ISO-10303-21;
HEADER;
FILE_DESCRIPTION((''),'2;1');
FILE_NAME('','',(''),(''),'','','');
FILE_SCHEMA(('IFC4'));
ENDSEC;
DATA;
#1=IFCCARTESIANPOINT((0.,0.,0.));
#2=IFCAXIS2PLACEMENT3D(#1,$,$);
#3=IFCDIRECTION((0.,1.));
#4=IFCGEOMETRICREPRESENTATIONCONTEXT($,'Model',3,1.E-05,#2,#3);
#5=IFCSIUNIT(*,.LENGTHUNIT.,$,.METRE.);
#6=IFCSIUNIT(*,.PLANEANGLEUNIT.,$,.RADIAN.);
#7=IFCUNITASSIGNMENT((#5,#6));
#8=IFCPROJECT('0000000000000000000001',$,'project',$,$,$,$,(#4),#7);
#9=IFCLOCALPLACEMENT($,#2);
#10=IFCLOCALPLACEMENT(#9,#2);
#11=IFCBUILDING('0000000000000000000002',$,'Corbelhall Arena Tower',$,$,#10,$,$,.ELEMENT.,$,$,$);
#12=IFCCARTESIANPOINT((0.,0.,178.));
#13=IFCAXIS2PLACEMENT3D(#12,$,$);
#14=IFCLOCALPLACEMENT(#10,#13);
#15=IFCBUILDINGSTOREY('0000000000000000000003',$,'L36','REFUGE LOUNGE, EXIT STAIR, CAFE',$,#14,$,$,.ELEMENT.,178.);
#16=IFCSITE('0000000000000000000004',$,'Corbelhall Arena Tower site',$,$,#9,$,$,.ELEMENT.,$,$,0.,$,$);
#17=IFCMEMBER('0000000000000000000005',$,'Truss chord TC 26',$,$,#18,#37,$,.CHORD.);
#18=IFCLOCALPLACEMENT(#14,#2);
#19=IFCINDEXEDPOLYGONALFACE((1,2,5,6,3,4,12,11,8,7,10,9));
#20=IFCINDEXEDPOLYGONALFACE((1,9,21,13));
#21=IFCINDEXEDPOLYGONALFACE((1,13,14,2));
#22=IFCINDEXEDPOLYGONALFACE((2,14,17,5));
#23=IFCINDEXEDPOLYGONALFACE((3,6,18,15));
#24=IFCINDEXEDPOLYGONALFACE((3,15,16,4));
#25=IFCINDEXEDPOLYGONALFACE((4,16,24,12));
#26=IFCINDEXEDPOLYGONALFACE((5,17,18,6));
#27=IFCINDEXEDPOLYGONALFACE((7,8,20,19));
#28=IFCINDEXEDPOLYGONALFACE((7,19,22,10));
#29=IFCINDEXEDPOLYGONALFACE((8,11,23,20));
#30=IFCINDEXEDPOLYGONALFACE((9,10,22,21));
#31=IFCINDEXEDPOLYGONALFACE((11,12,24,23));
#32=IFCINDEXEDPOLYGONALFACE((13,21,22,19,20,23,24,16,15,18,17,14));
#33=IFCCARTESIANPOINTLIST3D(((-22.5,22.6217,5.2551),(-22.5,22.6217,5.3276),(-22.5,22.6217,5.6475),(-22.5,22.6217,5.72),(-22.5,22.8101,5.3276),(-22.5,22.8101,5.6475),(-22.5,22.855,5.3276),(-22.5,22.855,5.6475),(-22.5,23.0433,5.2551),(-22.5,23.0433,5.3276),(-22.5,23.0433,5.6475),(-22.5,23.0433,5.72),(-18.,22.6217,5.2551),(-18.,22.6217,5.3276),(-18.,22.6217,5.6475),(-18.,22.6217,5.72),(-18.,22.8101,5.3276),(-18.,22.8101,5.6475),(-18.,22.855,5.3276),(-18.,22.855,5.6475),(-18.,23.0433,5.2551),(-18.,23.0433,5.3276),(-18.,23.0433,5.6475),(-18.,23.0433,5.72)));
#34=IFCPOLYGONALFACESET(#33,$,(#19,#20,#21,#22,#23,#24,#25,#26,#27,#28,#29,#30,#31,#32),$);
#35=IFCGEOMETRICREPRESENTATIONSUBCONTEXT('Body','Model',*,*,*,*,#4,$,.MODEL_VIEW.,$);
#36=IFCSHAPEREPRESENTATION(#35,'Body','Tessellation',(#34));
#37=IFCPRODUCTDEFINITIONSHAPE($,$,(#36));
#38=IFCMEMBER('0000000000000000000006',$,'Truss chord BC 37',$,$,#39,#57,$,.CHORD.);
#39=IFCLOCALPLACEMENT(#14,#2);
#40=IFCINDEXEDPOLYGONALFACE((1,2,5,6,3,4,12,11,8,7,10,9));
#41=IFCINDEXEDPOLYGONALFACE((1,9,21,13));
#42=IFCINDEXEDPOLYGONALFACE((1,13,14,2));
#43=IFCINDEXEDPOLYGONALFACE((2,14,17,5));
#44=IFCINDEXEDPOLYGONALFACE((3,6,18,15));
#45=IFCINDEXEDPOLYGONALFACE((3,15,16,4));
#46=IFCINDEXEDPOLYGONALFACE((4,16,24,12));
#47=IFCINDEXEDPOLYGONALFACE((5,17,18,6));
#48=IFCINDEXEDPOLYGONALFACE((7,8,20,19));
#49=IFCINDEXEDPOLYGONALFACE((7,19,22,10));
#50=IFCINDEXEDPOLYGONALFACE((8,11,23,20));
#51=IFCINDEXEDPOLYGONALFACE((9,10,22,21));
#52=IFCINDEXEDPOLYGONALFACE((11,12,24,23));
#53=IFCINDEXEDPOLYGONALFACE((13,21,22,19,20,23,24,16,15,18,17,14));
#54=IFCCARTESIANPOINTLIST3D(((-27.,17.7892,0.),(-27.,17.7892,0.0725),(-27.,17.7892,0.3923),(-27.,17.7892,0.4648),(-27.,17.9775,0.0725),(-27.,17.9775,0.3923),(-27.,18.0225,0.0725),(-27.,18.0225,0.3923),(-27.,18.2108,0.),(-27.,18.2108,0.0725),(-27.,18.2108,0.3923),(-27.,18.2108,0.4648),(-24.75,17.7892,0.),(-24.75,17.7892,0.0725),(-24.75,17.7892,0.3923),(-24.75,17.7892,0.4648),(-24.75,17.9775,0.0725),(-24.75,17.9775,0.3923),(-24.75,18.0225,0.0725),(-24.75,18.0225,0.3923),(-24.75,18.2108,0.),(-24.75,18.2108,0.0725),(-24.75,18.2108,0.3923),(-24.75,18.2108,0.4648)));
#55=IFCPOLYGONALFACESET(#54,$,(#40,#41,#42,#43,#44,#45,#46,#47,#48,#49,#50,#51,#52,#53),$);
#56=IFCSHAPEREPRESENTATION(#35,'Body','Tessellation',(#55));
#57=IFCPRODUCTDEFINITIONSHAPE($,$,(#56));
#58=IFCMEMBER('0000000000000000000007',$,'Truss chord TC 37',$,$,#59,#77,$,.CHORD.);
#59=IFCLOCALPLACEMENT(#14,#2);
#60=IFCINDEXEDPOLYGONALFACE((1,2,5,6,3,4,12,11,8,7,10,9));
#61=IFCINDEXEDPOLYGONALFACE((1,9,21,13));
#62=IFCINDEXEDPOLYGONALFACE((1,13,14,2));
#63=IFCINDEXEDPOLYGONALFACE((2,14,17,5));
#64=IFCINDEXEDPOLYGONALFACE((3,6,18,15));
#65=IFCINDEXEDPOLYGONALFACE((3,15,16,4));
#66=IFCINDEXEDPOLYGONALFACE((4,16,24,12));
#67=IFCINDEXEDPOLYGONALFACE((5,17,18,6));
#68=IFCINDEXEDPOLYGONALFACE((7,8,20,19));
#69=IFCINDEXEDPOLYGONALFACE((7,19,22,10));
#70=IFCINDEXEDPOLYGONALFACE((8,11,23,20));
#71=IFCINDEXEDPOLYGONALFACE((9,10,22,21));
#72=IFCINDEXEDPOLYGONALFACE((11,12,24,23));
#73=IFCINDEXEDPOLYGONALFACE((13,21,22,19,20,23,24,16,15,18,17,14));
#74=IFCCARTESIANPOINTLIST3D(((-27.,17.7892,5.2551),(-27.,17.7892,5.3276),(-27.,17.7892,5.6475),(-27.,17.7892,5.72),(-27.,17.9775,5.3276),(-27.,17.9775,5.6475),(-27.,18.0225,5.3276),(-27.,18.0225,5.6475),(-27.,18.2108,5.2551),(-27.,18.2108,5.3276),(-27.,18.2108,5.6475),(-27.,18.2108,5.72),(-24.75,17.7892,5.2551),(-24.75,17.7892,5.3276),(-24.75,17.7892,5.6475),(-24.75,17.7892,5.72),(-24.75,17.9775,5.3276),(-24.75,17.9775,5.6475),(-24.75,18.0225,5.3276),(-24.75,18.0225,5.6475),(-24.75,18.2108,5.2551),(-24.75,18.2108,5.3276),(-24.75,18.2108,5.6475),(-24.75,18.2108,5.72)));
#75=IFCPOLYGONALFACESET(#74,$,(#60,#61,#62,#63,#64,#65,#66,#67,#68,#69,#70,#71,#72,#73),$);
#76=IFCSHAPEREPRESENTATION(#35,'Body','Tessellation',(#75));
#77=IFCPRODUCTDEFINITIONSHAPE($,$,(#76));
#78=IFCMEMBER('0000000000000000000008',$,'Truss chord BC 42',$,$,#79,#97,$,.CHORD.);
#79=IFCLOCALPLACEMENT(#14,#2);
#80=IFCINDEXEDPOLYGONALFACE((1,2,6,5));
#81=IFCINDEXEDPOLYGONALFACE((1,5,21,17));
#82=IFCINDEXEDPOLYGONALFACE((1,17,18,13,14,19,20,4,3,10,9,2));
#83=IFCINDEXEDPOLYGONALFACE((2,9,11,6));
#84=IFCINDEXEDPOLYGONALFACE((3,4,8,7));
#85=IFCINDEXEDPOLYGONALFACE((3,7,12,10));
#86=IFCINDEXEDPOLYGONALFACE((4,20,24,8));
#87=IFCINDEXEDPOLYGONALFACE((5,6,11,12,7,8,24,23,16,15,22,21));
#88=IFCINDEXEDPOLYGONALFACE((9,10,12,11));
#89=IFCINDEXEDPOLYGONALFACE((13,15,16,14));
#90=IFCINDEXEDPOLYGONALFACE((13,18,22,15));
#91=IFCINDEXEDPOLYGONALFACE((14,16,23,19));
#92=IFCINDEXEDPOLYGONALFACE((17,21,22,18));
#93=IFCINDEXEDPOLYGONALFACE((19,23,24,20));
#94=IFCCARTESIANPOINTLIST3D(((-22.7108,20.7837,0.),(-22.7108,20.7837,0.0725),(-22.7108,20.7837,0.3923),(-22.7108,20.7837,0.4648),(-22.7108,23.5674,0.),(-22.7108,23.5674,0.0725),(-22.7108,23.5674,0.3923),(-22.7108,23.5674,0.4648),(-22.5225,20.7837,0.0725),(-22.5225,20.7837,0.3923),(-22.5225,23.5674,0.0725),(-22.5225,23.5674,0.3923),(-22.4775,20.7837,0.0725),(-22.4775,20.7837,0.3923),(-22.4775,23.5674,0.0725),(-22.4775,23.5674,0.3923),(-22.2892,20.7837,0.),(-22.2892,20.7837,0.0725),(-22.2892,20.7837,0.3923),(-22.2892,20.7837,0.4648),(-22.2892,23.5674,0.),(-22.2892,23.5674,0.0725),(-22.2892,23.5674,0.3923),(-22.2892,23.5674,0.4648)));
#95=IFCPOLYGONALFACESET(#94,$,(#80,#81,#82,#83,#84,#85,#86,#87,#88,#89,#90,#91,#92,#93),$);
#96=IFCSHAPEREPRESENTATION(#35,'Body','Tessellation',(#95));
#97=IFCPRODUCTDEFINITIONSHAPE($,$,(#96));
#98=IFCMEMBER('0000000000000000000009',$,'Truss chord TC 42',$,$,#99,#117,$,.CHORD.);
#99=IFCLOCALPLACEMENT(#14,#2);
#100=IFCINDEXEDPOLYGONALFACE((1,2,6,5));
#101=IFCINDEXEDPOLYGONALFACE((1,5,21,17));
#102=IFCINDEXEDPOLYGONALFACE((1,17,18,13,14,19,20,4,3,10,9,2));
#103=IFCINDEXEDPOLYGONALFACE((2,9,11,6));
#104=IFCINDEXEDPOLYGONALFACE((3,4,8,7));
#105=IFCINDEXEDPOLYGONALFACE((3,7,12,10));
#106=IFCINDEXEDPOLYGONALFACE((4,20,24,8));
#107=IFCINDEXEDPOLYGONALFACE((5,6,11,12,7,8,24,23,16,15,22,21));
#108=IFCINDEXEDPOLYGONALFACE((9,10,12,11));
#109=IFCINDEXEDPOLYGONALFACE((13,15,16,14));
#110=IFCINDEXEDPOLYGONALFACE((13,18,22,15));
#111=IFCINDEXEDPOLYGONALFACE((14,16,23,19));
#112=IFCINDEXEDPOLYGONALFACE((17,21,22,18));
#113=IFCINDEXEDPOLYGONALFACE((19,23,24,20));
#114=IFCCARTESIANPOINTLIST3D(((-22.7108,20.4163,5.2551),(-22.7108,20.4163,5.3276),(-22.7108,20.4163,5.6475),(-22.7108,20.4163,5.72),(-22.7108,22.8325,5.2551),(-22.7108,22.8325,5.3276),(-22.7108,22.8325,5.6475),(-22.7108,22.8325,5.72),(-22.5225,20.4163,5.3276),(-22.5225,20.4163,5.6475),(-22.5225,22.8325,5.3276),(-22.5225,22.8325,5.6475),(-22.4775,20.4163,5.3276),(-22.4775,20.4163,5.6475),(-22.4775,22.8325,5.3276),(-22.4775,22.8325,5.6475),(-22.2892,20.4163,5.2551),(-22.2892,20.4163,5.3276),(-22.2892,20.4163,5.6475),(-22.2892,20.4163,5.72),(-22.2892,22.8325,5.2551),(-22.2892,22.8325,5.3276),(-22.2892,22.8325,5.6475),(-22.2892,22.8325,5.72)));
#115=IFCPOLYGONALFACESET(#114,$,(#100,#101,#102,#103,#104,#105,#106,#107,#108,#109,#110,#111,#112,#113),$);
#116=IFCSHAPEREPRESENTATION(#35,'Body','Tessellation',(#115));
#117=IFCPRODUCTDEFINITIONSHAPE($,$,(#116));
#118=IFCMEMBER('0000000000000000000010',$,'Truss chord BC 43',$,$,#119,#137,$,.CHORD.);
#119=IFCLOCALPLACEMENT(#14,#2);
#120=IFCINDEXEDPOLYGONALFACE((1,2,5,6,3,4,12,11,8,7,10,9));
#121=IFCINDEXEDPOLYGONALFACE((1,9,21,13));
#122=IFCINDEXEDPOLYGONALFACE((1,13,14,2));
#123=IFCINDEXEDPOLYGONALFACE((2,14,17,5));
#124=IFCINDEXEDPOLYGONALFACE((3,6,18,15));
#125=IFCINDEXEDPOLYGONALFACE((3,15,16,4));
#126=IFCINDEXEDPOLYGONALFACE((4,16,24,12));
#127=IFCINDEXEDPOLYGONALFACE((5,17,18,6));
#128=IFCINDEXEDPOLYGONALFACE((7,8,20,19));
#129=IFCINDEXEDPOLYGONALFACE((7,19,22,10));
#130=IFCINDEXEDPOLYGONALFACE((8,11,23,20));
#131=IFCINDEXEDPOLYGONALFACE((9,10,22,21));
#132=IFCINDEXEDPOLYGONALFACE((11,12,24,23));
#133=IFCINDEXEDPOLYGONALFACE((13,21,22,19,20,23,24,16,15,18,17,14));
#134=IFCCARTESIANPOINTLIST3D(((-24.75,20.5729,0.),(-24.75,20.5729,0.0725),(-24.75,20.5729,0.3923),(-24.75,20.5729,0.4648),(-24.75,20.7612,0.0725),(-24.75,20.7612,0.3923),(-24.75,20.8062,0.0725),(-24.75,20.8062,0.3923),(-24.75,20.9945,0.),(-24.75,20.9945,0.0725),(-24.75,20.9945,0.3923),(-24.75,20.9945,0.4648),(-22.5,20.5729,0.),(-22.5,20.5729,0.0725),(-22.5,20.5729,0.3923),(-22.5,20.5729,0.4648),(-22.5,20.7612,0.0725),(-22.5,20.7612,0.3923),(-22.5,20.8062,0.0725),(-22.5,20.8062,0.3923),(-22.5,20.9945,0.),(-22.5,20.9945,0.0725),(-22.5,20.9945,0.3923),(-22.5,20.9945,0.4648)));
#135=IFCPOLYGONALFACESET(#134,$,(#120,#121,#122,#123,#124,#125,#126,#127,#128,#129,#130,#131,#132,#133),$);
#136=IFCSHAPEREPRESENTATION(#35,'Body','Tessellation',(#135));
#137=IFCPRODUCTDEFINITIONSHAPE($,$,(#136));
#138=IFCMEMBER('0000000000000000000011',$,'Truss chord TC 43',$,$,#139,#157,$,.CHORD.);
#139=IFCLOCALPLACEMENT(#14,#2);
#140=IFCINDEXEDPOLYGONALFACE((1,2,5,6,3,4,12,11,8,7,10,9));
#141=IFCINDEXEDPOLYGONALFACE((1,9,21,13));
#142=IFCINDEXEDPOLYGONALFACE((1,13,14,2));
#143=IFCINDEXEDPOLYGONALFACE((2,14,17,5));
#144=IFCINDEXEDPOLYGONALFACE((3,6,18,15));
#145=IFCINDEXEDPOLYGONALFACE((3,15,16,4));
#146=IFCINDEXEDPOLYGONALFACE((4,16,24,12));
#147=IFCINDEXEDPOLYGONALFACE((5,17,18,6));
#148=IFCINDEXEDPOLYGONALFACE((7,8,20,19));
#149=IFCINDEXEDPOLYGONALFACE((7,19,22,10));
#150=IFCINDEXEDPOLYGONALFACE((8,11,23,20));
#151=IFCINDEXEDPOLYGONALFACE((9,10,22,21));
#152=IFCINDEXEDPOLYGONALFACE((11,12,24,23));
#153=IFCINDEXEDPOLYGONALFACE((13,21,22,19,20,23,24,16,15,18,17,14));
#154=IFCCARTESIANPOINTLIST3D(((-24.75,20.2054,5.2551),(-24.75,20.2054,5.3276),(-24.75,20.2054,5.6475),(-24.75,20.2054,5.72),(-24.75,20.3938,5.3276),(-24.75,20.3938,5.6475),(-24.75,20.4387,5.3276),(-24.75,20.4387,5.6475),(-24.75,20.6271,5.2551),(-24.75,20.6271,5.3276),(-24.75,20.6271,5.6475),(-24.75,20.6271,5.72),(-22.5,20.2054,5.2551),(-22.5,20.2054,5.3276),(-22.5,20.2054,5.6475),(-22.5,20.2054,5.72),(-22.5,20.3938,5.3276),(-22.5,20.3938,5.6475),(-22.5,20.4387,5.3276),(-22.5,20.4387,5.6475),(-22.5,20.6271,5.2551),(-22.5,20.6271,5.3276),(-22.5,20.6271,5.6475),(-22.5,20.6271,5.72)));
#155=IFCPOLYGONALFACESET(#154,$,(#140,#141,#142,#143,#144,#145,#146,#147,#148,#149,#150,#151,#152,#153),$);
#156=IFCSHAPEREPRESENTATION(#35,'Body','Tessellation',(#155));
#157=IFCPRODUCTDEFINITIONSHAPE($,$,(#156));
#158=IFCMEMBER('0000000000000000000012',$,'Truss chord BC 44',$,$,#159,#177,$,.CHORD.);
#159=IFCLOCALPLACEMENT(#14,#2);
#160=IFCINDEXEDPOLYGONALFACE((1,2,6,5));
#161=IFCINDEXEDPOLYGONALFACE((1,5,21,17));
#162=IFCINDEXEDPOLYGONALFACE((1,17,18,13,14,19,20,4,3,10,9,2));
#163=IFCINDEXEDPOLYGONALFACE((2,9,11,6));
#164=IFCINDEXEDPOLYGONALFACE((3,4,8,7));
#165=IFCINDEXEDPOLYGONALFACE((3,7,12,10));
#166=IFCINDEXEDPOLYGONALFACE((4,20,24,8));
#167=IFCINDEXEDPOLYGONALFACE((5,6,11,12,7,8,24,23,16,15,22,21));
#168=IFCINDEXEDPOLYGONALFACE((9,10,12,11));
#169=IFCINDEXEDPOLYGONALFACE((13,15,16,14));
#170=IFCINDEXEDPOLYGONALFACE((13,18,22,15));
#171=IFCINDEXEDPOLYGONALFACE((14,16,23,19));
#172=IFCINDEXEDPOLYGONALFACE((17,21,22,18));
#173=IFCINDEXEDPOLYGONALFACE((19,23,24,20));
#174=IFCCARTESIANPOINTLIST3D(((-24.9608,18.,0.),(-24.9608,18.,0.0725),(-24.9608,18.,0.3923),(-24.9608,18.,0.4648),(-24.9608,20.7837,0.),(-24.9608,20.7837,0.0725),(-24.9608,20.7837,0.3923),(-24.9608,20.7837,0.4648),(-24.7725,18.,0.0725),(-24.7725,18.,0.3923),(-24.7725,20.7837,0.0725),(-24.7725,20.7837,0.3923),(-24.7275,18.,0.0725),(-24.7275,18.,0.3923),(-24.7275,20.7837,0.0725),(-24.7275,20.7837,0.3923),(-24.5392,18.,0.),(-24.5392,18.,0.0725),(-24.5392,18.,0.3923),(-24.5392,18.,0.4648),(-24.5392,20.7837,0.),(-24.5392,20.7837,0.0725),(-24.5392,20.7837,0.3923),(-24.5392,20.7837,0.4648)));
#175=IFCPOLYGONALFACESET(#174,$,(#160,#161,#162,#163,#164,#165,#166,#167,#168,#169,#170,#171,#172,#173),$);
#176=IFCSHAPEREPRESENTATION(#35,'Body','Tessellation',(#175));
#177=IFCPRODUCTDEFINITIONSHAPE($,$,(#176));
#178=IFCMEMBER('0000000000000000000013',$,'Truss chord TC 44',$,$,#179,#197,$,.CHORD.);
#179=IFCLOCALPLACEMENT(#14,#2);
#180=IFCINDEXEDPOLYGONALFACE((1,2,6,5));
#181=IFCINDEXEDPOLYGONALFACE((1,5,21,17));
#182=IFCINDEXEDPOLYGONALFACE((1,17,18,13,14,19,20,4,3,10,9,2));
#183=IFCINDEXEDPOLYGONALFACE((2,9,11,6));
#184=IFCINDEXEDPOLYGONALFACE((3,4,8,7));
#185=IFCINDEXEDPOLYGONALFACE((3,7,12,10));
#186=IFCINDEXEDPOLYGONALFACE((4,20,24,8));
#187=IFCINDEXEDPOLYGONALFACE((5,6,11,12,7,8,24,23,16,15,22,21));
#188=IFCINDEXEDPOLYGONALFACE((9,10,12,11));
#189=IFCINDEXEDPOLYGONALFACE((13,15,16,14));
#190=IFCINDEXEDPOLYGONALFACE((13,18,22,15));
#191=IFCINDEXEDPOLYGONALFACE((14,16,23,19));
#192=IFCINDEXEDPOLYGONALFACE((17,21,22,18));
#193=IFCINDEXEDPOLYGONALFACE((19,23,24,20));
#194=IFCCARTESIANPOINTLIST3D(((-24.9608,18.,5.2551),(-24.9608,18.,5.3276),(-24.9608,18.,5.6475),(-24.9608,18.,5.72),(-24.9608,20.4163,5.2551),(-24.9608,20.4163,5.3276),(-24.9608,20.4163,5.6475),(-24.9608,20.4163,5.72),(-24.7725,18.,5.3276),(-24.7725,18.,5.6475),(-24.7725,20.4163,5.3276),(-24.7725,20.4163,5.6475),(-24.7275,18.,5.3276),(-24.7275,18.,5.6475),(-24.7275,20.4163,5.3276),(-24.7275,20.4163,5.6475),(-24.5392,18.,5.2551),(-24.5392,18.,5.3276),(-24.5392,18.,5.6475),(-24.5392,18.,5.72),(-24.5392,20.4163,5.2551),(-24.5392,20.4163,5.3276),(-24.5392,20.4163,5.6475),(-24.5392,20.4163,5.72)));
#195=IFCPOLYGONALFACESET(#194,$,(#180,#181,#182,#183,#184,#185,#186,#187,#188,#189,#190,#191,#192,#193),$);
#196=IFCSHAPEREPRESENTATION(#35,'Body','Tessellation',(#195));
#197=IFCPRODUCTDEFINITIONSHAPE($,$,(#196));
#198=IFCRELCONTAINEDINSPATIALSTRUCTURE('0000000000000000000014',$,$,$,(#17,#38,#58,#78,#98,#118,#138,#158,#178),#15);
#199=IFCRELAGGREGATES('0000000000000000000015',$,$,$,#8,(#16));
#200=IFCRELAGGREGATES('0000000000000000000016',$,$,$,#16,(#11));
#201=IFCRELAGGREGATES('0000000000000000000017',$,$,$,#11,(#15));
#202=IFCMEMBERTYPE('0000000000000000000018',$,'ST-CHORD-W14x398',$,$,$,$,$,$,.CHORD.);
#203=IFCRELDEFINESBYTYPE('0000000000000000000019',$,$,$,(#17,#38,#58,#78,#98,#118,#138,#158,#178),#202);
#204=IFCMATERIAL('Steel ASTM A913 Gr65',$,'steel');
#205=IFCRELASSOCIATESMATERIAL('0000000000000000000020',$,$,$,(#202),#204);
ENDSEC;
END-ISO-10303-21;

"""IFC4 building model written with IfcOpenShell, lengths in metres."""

from ifc_helpers import new_model, si_unit, direction, frame, origin, origin_2d, place, context, subcontext, project, spatial, i_section, extrude, material, material_profile, profile_set, type_object, element, save


model = new_model("IFC4")

# Units and contexts
model_context = context("Model", 3, precision=1e-05, world=origin(), true_north=direction((0.0, 1.0)))
body_context = subcontext(model_context, "Body", "Model", "MODEL_VIEW")
ifc_project = project(units=[si_unit("LENGTHUNIT", "METRE"), si_unit("PLANEANGLEUNIT", "RADIAN")], contexts=[model_context])

# Site, building, storey
site_placement = place(None, origin())
site = spatial("IfcSite", under=ifc_project, at=site_placement, Name="Corbelhall Arena Tower site", CompositionType="ELEMENT", RefElevation=0.0)
building_placement = place(site_placement, origin())
building = spatial("IfcBuilding", under=site, at=building_placement, Name="Corbelhall Arena Tower", CompositionType="ELEMENT")
storey_placement = place(building_placement, frame((0.0, 0.0, 178.0)))
storey = spatial("IfcBuildingStorey", under=building, at=storey_placement, Name="L36", Description="REFUGE LOUNGE, EXIT STAIR, CAFE", CompositionType="ELEMENT", Elevation=178.0)

# Members
ifc_material_1 = material(Name="Steel ASTM A913 Gr65", Category="steel")
ifc_material_profile_1 = material_profile(ifc_material_1, i_section(OverallWidth=0.4216, OverallDepth=0.4648, WebThickness=0.0449, FlangeThickness=0.0725, at=origin_2d()))
ifc_profile_set_1 = profile_set([ifc_material_profile_1], Name="Steel ASTM A913 Gr65")
member_type_1 = type_object("IfcMemberType", Name="ST-CHORD-W14x398", PredefinedType="CHORD", material=ifc_profile_set_1)
for number, where, z_axis, x_axis, name in (
    (1, (-22.5, 22.8325, 5.4875), (1.0, 0.0, 0.0), (0.0, 1.0, 0.0), "Truss chord TC 26"),
):
    element("IfcMember", number, at=place(storey_placement, frame(where, z_axis=z_axis, x_axis=x_axis)), inside=storey, type_object=member_type_1, Name=name, PredefinedType="CHORD", context=body_context, shape_type="SweptSolid", body=[
        extrude(i_section(OverallWidth=0.4216, OverallDepth=0.4648, WebThickness=0.0449, FlangeThickness=0.0725, at=origin_2d()), origin(), (0.0, 0.0, 1.0), 4.5),
    ])
for number, where, z_axis, x_axis, name in (
    (2, (-27.0, 18.0, 0.2324), (1.0, 0.0, 0.0), (0.0, 1.0, 0.0), "Truss chord BC 37"),
    (3, (-27.0, 18.0, 5.4875), (1.0, 0.0, 0.0), (0.0, 1.0, 0.0), "Truss chord TC 37"),
):
    element("IfcMember", number, at=place(storey_placement, frame(where, z_axis=z_axis, x_axis=x_axis)), inside=storey, type_object=member_type_1, Name=name, PredefinedType="CHORD", context=body_context, shape_type="SweptSolid", body=[
        extrude(i_section(OverallWidth=0.4216, OverallDepth=0.4648, WebThickness=0.0449, FlangeThickness=0.0725, at=origin_2d()), origin(), (0.0, 0.0, 1.0), 2.25),
    ])
member_1_placement = place(storey_placement, frame((-22.5, 20.7837, 0.2324), z_axis=(0.0, 1.0, 0.0), x_axis=(-1.0, 0.0, 0.0)))
element("IfcMember", 4, at=member_1_placement, inside=storey, type_object=member_type_1, Name="Truss chord BC 42", PredefinedType="CHORD", context=body_context, shape_type="SweptSolid", body=[
    extrude(i_section(OverallWidth=0.4216, OverallDepth=0.4648, WebThickness=0.0449, FlangeThickness=0.0725, at=origin_2d()), origin(), (0.0, 0.0, 1.0), 2.7837),
])
member_2_placement = place(storey_placement, frame((-22.5, 20.4163, 5.4875), z_axis=(0.0, 1.0, 0.0), x_axis=(-1.0, 0.0, 0.0)))
element("IfcMember", 5, at=member_2_placement, inside=storey, type_object=member_type_1, Name="Truss chord TC 42", PredefinedType="CHORD", context=body_context, shape_type="SweptSolid", body=[
    extrude(i_section(OverallWidth=0.4216, OverallDepth=0.4648, WebThickness=0.0449, FlangeThickness=0.0725, at=origin_2d()), origin(), (0.0, 0.0, 1.0), 2.4163),
])
for number, where, z_axis, x_axis, name in (
    (6, (-24.75, 20.7837, 0.2324), (1.0, 0.0, 0.0), (0.0, 1.0, 0.0), "Truss chord BC 43"),
    (7, (-24.75, 20.4163, 5.4875), (1.0, 0.0, 0.0), (0.0, 1.0, 0.0), "Truss chord TC 43"),
):
    element("IfcMember", number, at=place(storey_placement, frame(where, z_axis=z_axis, x_axis=x_axis)), inside=storey, type_object=member_type_1, Name=name, PredefinedType="CHORD", context=body_context, shape_type="SweptSolid", body=[
        extrude(i_section(OverallWidth=0.4216, OverallDepth=0.4648, WebThickness=0.0449, FlangeThickness=0.0725, at=origin_2d()), origin(), (0.0, 0.0, 1.0), 2.25),
    ])
member_3_placement = place(storey_placement, frame((-24.75, 18.0, 0.2324), z_axis=(0.0, 1.0, 0.0), x_axis=(-1.0, 0.0, 0.0)))
element("IfcMember", 8, at=member_3_placement, inside=storey, type_object=member_type_1, Name="Truss chord BC 44", PredefinedType="CHORD", context=body_context, shape_type="SweptSolid", body=[
    extrude(i_section(OverallWidth=0.4216, OverallDepth=0.4648, WebThickness=0.0449, FlangeThickness=0.0725, at=origin_2d()), origin(), (0.0, 0.0, 1.0), 2.7837),
])
member_4_placement = place(storey_placement, frame((-24.75, 18.0, 5.4875), z_axis=(0.0, 1.0, 0.0), x_axis=(-1.0, 0.0, 0.0)))
element("IfcMember", 9, at=member_4_placement, inside=storey, type_object=member_type_1, Name="Truss chord TC 44", PredefinedType="CHORD", context=body_context, shape_type="SweptSolid", body=[
    extrude(i_section(OverallWidth=0.4216, OverallDepth=0.4648, WebThickness=0.0449, FlangeThickness=0.0725, at=origin_2d()), origin(), (0.0, 0.0, 1.0), 2.4163),
])

save(model, "model.ifc")
